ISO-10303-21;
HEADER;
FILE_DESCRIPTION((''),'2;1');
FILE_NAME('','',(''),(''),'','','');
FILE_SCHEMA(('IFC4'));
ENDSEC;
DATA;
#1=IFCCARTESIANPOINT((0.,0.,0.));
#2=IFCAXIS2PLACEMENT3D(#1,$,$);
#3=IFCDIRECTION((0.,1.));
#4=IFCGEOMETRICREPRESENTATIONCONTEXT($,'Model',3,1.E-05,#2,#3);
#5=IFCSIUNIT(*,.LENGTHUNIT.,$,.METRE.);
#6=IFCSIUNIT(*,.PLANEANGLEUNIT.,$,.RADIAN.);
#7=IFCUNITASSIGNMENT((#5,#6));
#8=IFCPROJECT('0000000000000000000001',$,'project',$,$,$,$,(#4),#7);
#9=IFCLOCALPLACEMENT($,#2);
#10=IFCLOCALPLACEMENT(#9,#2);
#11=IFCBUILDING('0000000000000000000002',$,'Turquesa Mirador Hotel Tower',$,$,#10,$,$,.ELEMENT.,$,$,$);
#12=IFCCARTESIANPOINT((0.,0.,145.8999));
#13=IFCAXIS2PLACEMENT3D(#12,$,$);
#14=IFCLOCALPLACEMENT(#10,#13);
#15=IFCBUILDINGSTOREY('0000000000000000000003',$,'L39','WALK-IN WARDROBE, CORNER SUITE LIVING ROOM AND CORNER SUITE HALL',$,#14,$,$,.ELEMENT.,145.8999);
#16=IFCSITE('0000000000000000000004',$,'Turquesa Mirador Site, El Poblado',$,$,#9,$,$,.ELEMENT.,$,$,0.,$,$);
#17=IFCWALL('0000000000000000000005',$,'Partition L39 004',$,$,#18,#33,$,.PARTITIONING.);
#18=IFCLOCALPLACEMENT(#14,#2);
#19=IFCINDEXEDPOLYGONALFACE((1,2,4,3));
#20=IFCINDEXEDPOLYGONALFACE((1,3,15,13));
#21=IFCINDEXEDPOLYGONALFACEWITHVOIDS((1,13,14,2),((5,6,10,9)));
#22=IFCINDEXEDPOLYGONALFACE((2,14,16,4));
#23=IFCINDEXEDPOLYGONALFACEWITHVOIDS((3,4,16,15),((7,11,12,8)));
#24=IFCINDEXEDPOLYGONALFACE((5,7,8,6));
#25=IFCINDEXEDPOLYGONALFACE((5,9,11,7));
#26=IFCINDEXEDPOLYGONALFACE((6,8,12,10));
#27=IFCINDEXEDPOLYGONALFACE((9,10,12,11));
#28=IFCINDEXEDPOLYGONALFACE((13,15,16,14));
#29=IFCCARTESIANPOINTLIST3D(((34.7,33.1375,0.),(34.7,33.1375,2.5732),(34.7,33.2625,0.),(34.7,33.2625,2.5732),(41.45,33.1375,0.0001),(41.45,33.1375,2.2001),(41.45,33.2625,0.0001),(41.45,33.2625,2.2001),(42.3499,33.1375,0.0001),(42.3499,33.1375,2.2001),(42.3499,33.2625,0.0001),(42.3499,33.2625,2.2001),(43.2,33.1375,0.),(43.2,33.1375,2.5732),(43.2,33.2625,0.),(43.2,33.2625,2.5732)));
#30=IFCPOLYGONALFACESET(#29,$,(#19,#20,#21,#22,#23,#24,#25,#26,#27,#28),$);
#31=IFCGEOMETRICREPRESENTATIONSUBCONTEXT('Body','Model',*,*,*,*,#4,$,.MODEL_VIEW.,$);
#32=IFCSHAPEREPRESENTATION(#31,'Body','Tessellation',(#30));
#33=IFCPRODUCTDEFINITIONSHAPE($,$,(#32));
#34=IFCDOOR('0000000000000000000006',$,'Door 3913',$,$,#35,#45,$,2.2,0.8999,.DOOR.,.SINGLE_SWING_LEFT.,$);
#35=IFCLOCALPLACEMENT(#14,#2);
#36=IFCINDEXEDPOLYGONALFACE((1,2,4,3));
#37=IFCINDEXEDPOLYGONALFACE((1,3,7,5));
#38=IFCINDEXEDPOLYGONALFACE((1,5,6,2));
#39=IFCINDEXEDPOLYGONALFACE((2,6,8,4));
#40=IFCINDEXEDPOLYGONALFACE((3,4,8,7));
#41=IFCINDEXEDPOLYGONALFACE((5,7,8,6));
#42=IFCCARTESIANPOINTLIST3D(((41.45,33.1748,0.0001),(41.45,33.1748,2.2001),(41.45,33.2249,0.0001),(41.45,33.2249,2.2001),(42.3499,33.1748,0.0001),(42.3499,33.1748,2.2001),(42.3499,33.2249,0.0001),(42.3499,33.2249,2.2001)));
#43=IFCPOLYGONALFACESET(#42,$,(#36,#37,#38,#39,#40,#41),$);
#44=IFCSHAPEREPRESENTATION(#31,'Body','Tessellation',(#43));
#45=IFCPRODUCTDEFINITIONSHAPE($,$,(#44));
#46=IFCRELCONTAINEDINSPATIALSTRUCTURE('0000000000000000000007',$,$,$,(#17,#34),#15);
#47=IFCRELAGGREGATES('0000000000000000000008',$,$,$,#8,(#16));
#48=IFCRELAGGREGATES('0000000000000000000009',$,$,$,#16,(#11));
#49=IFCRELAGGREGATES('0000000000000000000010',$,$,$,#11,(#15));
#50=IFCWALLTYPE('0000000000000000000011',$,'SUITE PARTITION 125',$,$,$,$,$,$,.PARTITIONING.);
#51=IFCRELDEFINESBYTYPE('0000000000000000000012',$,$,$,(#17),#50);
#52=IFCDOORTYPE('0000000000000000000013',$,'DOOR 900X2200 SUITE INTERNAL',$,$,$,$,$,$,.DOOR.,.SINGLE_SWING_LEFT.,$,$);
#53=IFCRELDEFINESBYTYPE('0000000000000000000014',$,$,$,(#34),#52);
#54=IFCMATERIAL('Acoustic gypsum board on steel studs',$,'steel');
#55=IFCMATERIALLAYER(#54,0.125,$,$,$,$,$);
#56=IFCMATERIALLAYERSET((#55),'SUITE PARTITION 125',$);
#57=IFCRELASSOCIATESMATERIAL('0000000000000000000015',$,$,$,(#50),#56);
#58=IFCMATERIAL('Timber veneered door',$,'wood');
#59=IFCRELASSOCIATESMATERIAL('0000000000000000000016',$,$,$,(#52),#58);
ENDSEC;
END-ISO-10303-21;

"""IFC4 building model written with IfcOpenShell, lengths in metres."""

from ifc_helpers import new_model, si_unit, direction, frame, frame_2d, origin, place, context, subcontext, project, spatial, rectangle, extrude, material, layer, layer_set, type_object, element, fill, save


model = new_model("IFC4")

# Units and contexts
model_context = context("Model", 3, precision=1e-05, world=origin(), true_north=direction((0.0, 1.0)))
body_context = subcontext(model_context, "Body", "Model", "MODEL_VIEW")
ifc_project = project(units=[si_unit("LENGTHUNIT", "METRE"), si_unit("PLANEANGLEUNIT", "RADIAN")], contexts=[model_context])

# Site, building, storey
site_placement = place(None, origin())
site = spatial("IfcSite", under=ifc_project, at=site_placement, Name="Turquesa Mirador Site, El Poblado", CompositionType="ELEMENT", RefElevation=0.0)
building_placement = place(site_placement, origin())
building = spatial("IfcBuilding", under=site, at=building_placement, Name="Turquesa Mirador Hotel Tower", CompositionType="ELEMENT")
storey_placement = place(building_placement, frame((0.0, 0.0, 145.8999)))
storey = spatial("IfcBuildingStorey", under=building, at=storey_placement, Name="L39", Description="WALK-IN WARDROBE, CORNER SUITE LIVING ROOM AND CORNER SUITE HALL", CompositionType="ELEMENT", Elevation=145.8999)

# Wall, opening, door
ifc_material_1 = material(Name="Acoustic gypsum board on steel studs", Category="steel")
ifc_layer_1 = layer(ifc_material_1, 0.125)
ifc_layer_set_1 = layer_set([ifc_layer_1], Name="SUITE PARTITION 125")
wall_type_1 = type_object("IfcWallType", Name="SUITE PARTITION 125", PredefinedType="PARTITIONING", material=ifc_layer_set_1)
wall_1_placement = place(storey_placement, frame((34.7, 33.2, 0.0), z_axis=(0.0, 0.0, 1.0), x_axis=(1.0, 0.0, 0.0)))
wall_1 = element("IfcWall", 1, at=wall_1_placement, inside=storey, type_object=wall_type_1, Name="Partition L39 004", PredefinedType="PARTITIONING", context=body_context, shape_type="SweptSolid", body=[
    extrude(rectangle(XDim=8.5, YDim=0.125, at=frame_2d((4.25, 0.0))), origin(), (0.0, 0.0, 1.0), 2.5732),
])
opening_1_placement = place(wall_1_placement, frame((6.75, 0.0, 0.0)))
opening_1 = element("IfcOpeningElement", 2, at=opening_1_placement, cuts=wall_1, PredefinedType="OPENING", context=body_context, shape_type="SweptSolid", body=[
    extrude(rectangle(XDim=0.8999, YDim=2.2, at=frame_2d((0.45, 1.1001))), frame((0.0, 0.0725, 0.0), z_axis=(0.0, -1.0, 0.0), x_axis=(1.0, 0.0, 0.0)), (0.0, 0.0, 1.0), 0.145),
])
ifc_material_2 = material(Name="Timber veneered door", Category="wood")
door_type = type_object("IfcDoorType", Name="DOOR 900X2200 SUITE INTERNAL", OperationType="SINGLE_SWING_LEFT", PredefinedType="DOOR", material=ifc_material_2)
door_placement = place(opening_1_placement, origin())
door = element("IfcDoor", 3, at=door_placement, inside=storey, type_object=door_type, Name="Door 3913", OperationType="SINGLE_SWING_LEFT", OverallHeight=2.2, OverallWidth=0.8999, PredefinedType="DOOR", context=body_context, shape_type="SweptSolid", body=[
    extrude(rectangle(XDim=0.8999, YDim=2.2, at=frame_2d((0.45, 1.1001))), frame((0.0, 0.0249, 0.0), z_axis=(0.0, -1.0, 0.0), x_axis=(1.0, 0.0, 0.0)), (0.0, 0.0, 1.0), 0.05),
])
fill(opening_1, door)

save(model, "model.ifc")
